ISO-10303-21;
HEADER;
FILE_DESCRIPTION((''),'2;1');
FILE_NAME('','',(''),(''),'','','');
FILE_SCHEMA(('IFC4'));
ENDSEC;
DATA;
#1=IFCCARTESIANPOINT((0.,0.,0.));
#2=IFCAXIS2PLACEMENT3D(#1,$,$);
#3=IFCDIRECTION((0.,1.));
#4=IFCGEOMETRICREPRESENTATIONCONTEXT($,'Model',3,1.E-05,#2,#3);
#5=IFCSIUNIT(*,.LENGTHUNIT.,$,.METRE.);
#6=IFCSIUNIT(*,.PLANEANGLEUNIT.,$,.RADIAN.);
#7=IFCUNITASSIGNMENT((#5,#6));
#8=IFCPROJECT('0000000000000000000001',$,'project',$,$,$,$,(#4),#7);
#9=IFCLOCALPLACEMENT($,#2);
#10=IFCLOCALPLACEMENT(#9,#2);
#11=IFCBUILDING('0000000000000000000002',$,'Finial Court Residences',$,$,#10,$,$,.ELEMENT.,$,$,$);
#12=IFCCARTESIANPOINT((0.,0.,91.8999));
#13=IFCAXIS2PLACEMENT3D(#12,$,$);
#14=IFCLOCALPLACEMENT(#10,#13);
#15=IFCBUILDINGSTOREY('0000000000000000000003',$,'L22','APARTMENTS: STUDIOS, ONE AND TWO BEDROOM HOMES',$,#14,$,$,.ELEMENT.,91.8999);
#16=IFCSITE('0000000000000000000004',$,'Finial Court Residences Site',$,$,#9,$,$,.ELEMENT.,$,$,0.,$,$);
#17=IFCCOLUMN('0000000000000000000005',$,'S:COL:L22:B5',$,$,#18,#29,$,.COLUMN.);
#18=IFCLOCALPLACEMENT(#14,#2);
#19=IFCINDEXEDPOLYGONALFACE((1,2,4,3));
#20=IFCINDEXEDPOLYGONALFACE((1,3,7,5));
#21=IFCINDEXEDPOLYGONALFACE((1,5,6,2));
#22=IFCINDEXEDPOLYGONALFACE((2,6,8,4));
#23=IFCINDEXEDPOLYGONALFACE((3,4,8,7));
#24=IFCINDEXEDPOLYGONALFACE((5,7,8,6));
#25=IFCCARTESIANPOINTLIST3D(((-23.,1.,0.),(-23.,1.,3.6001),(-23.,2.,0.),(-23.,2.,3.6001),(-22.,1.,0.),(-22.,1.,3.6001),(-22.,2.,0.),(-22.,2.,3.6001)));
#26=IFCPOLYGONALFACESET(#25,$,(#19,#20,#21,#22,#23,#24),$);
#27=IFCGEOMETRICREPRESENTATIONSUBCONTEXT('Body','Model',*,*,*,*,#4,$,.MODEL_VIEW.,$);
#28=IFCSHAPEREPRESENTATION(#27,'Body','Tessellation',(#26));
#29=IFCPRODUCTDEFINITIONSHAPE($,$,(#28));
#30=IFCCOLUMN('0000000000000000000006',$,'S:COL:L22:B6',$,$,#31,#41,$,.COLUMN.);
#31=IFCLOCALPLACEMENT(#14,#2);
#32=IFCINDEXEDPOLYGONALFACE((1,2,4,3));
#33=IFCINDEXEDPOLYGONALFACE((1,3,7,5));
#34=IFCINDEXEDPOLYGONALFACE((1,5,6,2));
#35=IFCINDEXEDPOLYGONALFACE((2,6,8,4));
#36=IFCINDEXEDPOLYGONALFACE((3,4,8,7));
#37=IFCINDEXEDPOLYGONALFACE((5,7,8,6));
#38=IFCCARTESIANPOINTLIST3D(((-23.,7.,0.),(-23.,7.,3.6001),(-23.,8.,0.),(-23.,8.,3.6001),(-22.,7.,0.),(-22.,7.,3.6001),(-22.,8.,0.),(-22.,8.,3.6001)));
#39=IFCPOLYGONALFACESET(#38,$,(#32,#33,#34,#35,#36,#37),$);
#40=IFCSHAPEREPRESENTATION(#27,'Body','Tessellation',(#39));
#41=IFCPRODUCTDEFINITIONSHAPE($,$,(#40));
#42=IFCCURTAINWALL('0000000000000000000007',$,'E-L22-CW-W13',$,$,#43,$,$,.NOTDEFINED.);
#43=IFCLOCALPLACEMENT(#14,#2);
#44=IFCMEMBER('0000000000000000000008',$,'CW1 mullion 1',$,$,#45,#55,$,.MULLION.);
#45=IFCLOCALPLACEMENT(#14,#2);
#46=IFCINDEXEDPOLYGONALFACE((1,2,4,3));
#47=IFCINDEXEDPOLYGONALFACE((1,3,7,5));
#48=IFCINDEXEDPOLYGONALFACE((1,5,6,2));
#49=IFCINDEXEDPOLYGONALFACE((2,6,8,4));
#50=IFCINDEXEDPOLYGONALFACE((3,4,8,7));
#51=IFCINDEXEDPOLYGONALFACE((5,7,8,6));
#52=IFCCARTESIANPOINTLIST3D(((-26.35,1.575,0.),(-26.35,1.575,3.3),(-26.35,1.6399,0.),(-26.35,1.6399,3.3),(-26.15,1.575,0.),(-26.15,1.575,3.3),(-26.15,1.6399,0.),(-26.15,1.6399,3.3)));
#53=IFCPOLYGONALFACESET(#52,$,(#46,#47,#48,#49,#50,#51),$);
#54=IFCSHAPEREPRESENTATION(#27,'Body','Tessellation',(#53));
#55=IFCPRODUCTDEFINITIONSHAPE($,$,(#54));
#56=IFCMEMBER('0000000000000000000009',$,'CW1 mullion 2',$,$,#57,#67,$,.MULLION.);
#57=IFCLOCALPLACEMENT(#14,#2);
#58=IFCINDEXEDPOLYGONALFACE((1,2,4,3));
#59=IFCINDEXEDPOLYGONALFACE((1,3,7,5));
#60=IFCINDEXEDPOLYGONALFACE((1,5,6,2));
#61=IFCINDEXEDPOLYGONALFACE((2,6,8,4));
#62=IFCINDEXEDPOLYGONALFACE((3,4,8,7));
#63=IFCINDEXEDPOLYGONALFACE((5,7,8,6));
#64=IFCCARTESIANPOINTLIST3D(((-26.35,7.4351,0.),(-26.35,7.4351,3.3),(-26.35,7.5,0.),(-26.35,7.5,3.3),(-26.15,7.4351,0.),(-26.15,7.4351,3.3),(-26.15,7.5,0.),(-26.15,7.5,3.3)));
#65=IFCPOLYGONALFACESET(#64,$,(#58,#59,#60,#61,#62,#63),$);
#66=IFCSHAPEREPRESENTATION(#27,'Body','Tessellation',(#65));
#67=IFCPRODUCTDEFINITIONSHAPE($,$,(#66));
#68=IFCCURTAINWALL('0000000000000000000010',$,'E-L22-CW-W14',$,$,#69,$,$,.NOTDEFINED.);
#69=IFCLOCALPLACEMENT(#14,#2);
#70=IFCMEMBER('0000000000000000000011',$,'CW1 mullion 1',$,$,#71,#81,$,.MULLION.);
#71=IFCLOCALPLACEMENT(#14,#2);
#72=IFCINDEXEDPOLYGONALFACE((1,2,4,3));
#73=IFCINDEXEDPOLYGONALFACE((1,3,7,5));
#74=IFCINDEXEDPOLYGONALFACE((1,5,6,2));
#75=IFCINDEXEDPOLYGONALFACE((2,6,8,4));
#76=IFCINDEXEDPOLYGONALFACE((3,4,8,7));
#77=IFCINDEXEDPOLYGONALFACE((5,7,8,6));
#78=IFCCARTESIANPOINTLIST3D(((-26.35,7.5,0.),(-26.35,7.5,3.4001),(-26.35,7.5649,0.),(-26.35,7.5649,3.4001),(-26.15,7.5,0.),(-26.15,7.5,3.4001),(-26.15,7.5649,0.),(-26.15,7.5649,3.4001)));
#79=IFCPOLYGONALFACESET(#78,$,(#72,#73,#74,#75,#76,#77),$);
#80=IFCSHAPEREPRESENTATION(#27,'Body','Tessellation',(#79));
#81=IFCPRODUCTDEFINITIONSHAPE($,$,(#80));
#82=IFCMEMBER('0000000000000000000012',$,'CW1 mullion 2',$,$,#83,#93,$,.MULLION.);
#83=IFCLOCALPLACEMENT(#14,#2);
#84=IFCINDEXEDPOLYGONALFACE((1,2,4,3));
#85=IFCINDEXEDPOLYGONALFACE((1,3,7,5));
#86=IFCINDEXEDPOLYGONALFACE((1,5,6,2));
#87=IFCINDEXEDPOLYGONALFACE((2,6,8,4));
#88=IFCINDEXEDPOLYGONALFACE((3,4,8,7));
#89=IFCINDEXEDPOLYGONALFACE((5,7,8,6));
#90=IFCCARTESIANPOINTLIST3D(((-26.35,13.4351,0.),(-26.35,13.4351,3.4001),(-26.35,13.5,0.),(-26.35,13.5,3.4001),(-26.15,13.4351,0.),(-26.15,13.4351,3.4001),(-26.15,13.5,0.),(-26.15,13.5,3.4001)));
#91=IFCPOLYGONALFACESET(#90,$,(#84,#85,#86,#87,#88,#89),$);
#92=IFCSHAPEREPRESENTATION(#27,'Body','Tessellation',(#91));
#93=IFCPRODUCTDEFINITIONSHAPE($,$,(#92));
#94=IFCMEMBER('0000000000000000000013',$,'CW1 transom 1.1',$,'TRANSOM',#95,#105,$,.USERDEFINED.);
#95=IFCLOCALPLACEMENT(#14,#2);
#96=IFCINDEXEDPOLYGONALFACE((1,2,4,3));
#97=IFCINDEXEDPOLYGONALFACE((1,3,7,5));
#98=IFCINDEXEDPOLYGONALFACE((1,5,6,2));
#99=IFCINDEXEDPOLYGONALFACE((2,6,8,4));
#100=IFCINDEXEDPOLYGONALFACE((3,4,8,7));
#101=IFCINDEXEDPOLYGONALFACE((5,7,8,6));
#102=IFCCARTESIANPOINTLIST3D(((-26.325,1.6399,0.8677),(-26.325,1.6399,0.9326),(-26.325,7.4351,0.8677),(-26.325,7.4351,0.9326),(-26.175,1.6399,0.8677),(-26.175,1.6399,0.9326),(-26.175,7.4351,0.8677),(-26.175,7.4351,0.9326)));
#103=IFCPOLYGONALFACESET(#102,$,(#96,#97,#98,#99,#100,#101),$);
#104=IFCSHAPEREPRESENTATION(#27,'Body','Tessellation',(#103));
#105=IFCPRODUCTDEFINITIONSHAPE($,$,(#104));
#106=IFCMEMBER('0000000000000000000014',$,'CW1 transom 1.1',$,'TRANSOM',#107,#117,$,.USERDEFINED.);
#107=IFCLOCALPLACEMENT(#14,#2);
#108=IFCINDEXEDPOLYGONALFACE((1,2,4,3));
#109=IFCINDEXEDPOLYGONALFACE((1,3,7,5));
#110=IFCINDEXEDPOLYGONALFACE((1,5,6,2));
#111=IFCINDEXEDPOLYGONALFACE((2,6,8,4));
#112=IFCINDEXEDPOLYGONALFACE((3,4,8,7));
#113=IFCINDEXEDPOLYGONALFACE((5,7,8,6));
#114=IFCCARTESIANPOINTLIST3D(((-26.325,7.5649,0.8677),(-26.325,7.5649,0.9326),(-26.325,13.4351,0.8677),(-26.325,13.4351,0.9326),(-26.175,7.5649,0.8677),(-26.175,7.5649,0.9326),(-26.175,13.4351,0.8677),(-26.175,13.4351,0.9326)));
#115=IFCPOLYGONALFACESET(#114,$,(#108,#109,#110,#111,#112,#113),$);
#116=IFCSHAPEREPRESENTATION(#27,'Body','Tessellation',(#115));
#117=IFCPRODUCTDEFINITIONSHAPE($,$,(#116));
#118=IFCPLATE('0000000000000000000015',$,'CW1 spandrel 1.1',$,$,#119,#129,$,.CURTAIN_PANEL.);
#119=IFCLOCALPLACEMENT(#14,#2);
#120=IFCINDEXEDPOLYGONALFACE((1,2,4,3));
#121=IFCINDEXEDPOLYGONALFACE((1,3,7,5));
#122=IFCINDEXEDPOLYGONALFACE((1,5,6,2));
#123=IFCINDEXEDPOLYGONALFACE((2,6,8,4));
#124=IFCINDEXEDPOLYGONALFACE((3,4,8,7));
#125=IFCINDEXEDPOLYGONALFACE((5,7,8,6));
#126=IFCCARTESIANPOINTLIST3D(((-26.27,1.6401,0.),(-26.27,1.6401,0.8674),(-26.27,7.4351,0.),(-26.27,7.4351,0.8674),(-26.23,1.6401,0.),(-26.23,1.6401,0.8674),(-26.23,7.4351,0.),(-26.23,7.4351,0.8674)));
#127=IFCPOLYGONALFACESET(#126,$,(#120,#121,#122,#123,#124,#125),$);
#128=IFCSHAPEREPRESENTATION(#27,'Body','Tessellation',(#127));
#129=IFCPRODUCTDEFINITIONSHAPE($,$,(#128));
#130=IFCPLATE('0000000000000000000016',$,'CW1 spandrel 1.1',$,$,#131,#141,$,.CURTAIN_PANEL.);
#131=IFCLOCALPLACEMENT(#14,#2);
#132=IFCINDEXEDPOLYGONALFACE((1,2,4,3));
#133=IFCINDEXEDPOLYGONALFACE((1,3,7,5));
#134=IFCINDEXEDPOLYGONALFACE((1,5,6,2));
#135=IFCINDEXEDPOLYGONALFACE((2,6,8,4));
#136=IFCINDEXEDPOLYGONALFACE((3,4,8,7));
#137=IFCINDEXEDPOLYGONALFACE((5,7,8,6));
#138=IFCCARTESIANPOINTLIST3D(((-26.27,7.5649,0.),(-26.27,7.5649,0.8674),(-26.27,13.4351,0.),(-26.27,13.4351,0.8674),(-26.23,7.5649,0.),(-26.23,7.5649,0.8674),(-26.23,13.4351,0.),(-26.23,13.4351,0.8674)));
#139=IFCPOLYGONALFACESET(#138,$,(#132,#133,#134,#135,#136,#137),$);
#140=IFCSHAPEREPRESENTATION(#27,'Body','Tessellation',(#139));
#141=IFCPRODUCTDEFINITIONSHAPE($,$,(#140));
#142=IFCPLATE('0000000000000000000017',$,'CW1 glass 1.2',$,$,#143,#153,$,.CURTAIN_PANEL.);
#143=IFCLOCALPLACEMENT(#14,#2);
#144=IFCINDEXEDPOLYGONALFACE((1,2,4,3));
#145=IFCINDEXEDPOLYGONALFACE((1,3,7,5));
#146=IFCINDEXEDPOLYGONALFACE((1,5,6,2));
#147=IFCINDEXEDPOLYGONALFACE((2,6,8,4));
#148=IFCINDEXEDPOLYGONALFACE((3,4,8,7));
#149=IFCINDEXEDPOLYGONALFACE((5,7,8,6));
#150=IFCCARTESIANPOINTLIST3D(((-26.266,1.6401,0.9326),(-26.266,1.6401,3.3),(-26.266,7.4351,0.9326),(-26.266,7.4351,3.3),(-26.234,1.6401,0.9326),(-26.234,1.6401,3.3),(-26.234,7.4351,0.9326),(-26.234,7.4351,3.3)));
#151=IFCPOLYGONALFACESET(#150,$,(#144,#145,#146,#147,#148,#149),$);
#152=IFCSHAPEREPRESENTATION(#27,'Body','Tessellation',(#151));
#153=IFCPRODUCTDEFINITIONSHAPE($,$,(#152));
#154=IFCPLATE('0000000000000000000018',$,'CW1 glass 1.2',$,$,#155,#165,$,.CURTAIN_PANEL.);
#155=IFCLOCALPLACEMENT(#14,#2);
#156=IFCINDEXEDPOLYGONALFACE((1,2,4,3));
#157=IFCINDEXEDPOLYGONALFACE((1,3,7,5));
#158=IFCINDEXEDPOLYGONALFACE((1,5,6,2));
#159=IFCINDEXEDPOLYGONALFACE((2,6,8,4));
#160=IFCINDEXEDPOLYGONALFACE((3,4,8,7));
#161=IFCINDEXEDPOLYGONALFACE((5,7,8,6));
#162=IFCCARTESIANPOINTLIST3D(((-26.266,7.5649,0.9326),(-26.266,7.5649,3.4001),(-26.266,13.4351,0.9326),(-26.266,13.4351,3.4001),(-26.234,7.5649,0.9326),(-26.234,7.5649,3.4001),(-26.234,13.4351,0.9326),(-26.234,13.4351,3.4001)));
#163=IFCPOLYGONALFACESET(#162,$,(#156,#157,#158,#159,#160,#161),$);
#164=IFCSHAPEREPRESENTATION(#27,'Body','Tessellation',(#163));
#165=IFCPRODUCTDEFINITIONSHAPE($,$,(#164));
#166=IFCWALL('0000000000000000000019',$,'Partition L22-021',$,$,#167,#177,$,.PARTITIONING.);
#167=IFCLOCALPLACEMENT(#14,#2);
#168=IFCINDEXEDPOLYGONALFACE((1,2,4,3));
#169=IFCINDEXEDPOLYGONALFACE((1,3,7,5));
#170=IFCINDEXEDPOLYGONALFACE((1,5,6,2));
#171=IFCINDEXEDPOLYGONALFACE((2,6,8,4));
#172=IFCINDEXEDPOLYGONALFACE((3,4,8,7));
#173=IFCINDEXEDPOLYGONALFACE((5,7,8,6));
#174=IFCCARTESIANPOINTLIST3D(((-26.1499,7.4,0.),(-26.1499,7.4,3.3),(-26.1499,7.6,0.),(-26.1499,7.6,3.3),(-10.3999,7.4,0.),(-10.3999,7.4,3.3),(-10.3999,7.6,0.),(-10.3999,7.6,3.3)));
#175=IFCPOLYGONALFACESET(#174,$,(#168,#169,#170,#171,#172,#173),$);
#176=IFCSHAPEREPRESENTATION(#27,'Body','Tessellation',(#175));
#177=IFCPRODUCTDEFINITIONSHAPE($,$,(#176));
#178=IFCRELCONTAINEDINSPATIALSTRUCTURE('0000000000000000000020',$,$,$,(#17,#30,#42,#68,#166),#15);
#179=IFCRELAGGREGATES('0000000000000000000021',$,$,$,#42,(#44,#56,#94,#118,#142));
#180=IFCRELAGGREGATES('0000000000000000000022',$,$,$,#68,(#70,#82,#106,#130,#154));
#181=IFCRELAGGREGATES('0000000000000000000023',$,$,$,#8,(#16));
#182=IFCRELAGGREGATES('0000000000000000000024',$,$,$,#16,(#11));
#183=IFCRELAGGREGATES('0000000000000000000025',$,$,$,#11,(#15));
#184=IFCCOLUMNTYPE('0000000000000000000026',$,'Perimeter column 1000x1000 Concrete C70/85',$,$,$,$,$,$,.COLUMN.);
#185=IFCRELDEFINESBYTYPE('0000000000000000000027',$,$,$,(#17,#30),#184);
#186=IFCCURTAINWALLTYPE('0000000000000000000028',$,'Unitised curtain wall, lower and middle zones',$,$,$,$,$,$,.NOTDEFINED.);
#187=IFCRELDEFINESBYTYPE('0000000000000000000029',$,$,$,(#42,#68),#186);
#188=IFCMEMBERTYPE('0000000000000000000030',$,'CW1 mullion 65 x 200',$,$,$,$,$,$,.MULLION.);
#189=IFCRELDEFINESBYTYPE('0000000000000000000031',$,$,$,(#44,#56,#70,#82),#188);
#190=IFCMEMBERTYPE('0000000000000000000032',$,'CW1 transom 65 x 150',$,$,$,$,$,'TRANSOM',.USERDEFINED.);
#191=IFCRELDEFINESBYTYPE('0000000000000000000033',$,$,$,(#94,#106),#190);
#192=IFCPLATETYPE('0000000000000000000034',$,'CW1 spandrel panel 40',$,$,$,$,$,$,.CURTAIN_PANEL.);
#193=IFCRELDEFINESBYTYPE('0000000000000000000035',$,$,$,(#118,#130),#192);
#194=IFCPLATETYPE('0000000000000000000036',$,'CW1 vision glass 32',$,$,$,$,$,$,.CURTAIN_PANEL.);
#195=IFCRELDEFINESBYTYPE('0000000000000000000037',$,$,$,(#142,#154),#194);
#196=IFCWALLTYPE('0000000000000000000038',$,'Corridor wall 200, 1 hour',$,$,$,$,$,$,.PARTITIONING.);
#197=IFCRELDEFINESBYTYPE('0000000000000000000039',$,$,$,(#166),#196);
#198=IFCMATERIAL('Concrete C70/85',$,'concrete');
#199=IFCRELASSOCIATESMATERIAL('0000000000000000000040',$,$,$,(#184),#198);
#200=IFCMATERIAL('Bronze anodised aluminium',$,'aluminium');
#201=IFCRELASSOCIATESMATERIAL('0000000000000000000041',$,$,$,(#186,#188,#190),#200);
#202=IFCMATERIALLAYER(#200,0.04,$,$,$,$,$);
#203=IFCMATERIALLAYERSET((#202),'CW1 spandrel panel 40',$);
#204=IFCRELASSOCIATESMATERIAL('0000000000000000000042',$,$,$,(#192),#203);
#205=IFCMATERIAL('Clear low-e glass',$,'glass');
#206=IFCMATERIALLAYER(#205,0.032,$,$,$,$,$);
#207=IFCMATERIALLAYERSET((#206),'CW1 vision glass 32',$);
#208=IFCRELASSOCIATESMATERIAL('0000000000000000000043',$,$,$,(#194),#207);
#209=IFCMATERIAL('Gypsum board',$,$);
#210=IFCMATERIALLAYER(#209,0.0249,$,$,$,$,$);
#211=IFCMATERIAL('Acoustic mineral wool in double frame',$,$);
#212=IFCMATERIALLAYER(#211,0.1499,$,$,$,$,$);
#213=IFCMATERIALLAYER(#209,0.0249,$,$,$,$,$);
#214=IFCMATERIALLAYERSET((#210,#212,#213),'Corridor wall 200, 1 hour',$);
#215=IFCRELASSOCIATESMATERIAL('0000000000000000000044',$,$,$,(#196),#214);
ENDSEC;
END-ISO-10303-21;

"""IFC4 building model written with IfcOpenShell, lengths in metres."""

from ifc_helpers import new_model, si_unit, direction, frame, frame_2d, origin, origin_2d, place, context, subcontext, project, spatial, rectangle, extrude, material, layer, layer_set, material_profile, profile_set, type_object, element, aggregate, save


model = new_model("IFC4")

# Units and contexts
model_context = context("Model", 3, precision=1e-05, world=origin(), true_north=direction((0.0, 1.0)))
body_context = subcontext(model_context, "Body", "Model", "MODEL_VIEW")
ifc_project = project(units=[si_unit("LENGTHUNIT", "METRE"), si_unit("PLANEANGLEUNIT", "RADIAN")], contexts=[model_context])

# Site, building, storey
site_placement = place(None, origin())
site = spatial("IfcSite", under=ifc_project, at=site_placement, Name="Finial Court Residences Site", CompositionType="ELEMENT", RefElevation=0.0)
building_placement = place(site_placement, origin())
building = spatial("IfcBuilding", under=site, at=building_placement, Name="Finial Court Residences", CompositionType="ELEMENT")
storey_placement = place(building_placement, frame((0.0, 0.0, 91.8999)))
storey = spatial("IfcBuildingStorey", under=building, at=storey_placement, Name="L22", Description="APARTMENTS: STUDIOS, ONE AND TWO BEDROOM HOMES", CompositionType="ELEMENT", Elevation=91.8999)

# Columns
ifc_material_1 = material(Name="Concrete C70/85", Category="concrete")
ifc_material_profile_1 = material_profile(ifc_material_1, rectangle(XDim=1.0, YDim=1.0, at=origin_2d()), Name="1000x1000")
ifc_profile_set_1 = profile_set([ifc_material_profile_1], Name="Concrete C70/85")
column_type = type_object("IfcColumnType", Name="Perimeter column 1000x1000 Concrete C70/85", PredefinedType="COLUMN", material=ifc_profile_set_1)
for number, where, z_axis, x_axis, name in (
    (1, (-22.5, 1.5, 0.0), (0.0, 0.0, 1.0), (1.0, 0.0, 0.0), "S:COL:L22:B5"),
    (2, (-22.5, 7.5, 0.0), (0.0, 0.0, 1.0), (1.0, 0.0, 0.0), "S:COL:L22:B6"),
):
    element("IfcColumn", number, at=place(storey_placement, frame(where, z_axis=z_axis, x_axis=x_axis)), inside=storey, type_object=column_type, Name=name, PredefinedType="COLUMN", context=body_context, shape_type="SweptSolid", body=[
        extrude(rectangle(XDim=1.0, YDim=1.0, at=origin_2d()), origin(), (0.0, 0.0, 1.0), 3.6001),
    ])

# Curtain walls, members
ifc_material_2 = material(Name="Bronze anodised aluminium", Category="aluminium")
curtain_wall_type = type_object("IfcCurtainWallType", Name="Unitised curtain wall, lower and middle zones", PredefinedType="NOTDEFINED", material=ifc_material_2)
curtain_wall_1_placement = place(storey_placement, origin())
curtain_wall_1 = element("IfcCurtainWall", 3, at=curtain_wall_1_placement, inside=storey, type_object=curtain_wall_type, Name="E-L22-CW-W13", PredefinedType="NOTDEFINED")
ifc_material_profile_2 = material_profile(ifc_material_2, rectangle(XDim=0.2, YDim=0.0649, at=origin_2d()), Name="CW1 mullion 65 x 200")
ifc_profile_set_2 = profile_set([ifc_material_profile_2], Name="Bronze anodised aluminium")
member_type_1 = type_object("IfcMemberType", Name="CW1 mullion 65 x 200", PredefinedType="MULLION", material=ifc_profile_set_2)
member_1_placement = place(storey_placement, frame((-26.25, 1.6074, 0.0), z_axis=(0.0, 0.0, 1.0), x_axis=(-1.0, 0.0, 0.0)))
member_1 = element("IfcMember", 4, at=member_1_placement, type_object=member_type_1, Name="CW1 mullion 1", PredefinedType="MULLION", context=body_context, shape_type="SweptSolid", body=[
    extrude(rectangle(XDim=0.2, YDim=0.0649, at=origin_2d()), origin(), (0.0, 0.0, 1.0), 3.3),
])
member_2_placement = place(storey_placement, frame((-26.25, 7.4675, 0.0), z_axis=(0.0, 0.0, 1.0), x_axis=(-1.0, 0.0, 0.0)))
member_2 = element("IfcMember", 5, at=member_2_placement, type_object=member_type_1, Name="CW1 mullion 2", PredefinedType="MULLION", context=body_context, shape_type="SweptSolid", body=[
    extrude(rectangle(XDim=0.2, YDim=0.0649, at=origin_2d()), origin(), (0.0, 0.0, 1.0), 3.3),
])
curtain_wall_2_placement = place(storey_placement, origin())
curtain_wall_2 = element("IfcCurtainWall", 6, at=curtain_wall_2_placement, inside=storey, type_object=curtain_wall_type, Name="E-L22-CW-W14", PredefinedType="NOTDEFINED")
member_3_placement = place(storey_placement, frame((-26.25, 7.5325, 0.0), z_axis=(0.0, 0.0, 1.0), x_axis=(-1.0, 0.0, 0.0)))
member_3 = element("IfcMember", 7, at=member_3_placement, type_object=member_type_1, Name="CW1 mullion 1", PredefinedType="MULLION", context=body_context, shape_type="SweptSolid", body=[
    extrude(rectangle(XDim=0.2, YDim=0.0649, at=origin_2d()), origin(), (0.0, 0.0, 1.0), 3.4001),
])
member_4_placement = place(storey_placement, frame((-26.25, 13.4675, 0.0), z_axis=(0.0, 0.0, 1.0), x_axis=(-1.0, 0.0, 0.0)))
member_4 = element("IfcMember", 8, at=member_4_placement, type_object=member_type_1, Name="CW1 mullion 2", PredefinedType="MULLION", context=body_context, shape_type="SweptSolid", body=[
    extrude(rectangle(XDim=0.2, YDim=0.0649, at=origin_2d()), origin(), (0.0, 0.0, 1.0), 3.4001),
])

# Members
ifc_material_profile_3 = material_profile(ifc_material_2, rectangle(XDim=0.1499, YDim=0.0649, at=origin_2d()), Name="CW1 transom 65 x 150")
ifc_profile_set_3 = profile_set([ifc_material_profile_3], Name="Bronze anodised aluminium")
member_type_2 = type_object("IfcMemberType", Name="CW1 transom 65 x 150", ElementType="TRANSOM", PredefinedType="USERDEFINED", material=ifc_profile_set_3)
member_5_placement = place(storey_placement, frame((-26.25, 1.6399, 0.9001), z_axis=(0.0, 1.0, 0.0), x_axis=(-1.0, 0.0, 0.0)))
member_5 = element("IfcMember", 9, at=member_5_placement, type_object=member_type_2, Name="CW1 transom 1.1", ObjectType="TRANSOM", PredefinedType="USERDEFINED", context=body_context, shape_type="SweptSolid", body=[
    extrude(rectangle(XDim=0.1499, YDim=0.0649, at=origin_2d()), origin(), (0.0, 0.0, 1.0), 5.7952),
])
member_6_placement = place(storey_placement, frame((-26.25, 7.5649, 0.9001), z_axis=(0.0, 1.0, 0.0), x_axis=(-1.0, 0.0, 0.0)))
member_6 = element("IfcMember", 10, at=member_6_placement, type_object=member_type_2, Name="CW1 transom 1.1", ObjectType="TRANSOM", PredefinedType="USERDEFINED", context=body_context, shape_type="SweptSolid", body=[
    extrude(rectangle(XDim=0.1499, YDim=0.0649, at=origin_2d()), origin(), (0.0, 0.0, 1.0), 5.8701),
])

# Plates
ifc_layer_1 = layer(ifc_material_2, 0.04)
ifc_layer_set_1 = layer_set([ifc_layer_1], Name="CW1 spandrel panel 40")
plate_type_1 = type_object("IfcPlateType", Name="CW1 spandrel panel 40", PredefinedType="CURTAIN_PANEL", material=ifc_layer_set_1)
plate_1_placement = place(storey_placement, frame((-26.25, 4.5376, 0.0), z_axis=(0.0, 0.0, 1.0), x_axis=(0.0, 1.0, 0.0)))
plate_1 = element("IfcPlate", 11, at=plate_1_placement, type_object=plate_type_1, Name="CW1 spandrel 1.1", PredefinedType="CURTAIN_PANEL", context=body_context, shape_type="SweptSolid", body=[
    extrude(rectangle(XDim=5.7949, YDim=0.04, at=origin_2d()), origin(), (0.0, 0.0, 1.0), 0.8674),
])
plate_2_placement = place(storey_placement, frame((-26.25, 10.5, 0.0), z_axis=(0.0, 0.0, 1.0), x_axis=(0.0, 1.0, 0.0)))
plate_2 = element("IfcPlate", 12, at=plate_2_placement, type_object=plate_type_1, Name="CW1 spandrel 1.1", PredefinedType="CURTAIN_PANEL", context=body_context, shape_type="SweptSolid", body=[
    extrude(rectangle(XDim=5.8701, YDim=0.04, at=origin_2d()), origin(), (0.0, 0.0, 1.0), 0.8674),
])
ifc_material_3 = material(Name="Clear low-e glass", Category="glass")
ifc_layer_2 = layer(ifc_material_3, 0.032)
ifc_layer_set_2 = layer_set([ifc_layer_2], Name="CW1 vision glass 32")
plate_type_2 = type_object("IfcPlateType", Name="CW1 vision glass 32", PredefinedType="CURTAIN_PANEL", material=ifc_layer_set_2)
plate_3_placement = place(storey_placement, frame((-26.25, 4.5376, 0.9326), z_axis=(0.0, 0.0, 1.0), x_axis=(0.0, 1.0, 0.0)))
plate_3 = element("IfcPlate", 13, at=plate_3_placement, type_object=plate_type_2, Name="CW1 glass 1.2", PredefinedType="CURTAIN_PANEL", context=body_context, shape_type="SweptSolid", body=[
    extrude(rectangle(XDim=5.7949, YDim=0.032, at=origin_2d()), origin(), (0.0, 0.0, 1.0), 2.3674),
])
aggregate(curtain_wall_1, [member_1, member_2, member_5, plate_1, plate_3])
plate_4_placement = place(storey_placement, frame((-26.25, 10.5, 0.9326), z_axis=(0.0, 0.0, 1.0), x_axis=(0.0, 1.0, 0.0)))
plate_4 = element("IfcPlate", 14, at=plate_4_placement, type_object=plate_type_2, Name="CW1 glass 1.2", PredefinedType="CURTAIN_PANEL", context=body_context, shape_type="SweptSolid", body=[
    extrude(rectangle(XDim=5.8701, YDim=0.032, at=origin_2d()), origin(), (0.0, 0.0, 1.0), 2.4675),
])
aggregate(curtain_wall_2, [member_3, member_4, member_6, plate_2, plate_4])

# Wall
ifc_material_4 = material(Name="Gypsum board")
ifc_layer_3 = layer(ifc_material_4, 0.0249)
ifc_material_5 = material(Name="Acoustic mineral wool in double frame")
ifc_layer_4 = layer(ifc_material_5, 0.1499)
ifc_layer_5 = layer(ifc_material_4, 0.0249)
ifc_layer_set_3 = layer_set([ifc_layer_3, ifc_layer_4, ifc_layer_5], Name="Corridor wall 200, 1 hour")
wall_type_1 = type_object("IfcWallType", Name="Corridor wall 200, 1 hour", PredefinedType="PARTITIONING", material=ifc_layer_set_3)
wall_1_placement = place(storey_placement, frame((-26.1499, 7.5, 0.0), z_axis=(0.0, 0.0, 1.0), x_axis=(1.0, 0.0, 0.0)))
element("IfcWall", 15, at=wall_1_placement, inside=storey, type_object=wall_type_1, Name="Partition L22-021", PredefinedType="PARTITIONING", context=body_context, shape_type="SweptSolid", body=[
    extrude(rectangle(XDim=15.75, YDim=0.2, at=frame_2d((7.875, 0.0))), origin(), (0.0, 0.0, 1.0), 3.3),
])

save(model, "model.ifc")
